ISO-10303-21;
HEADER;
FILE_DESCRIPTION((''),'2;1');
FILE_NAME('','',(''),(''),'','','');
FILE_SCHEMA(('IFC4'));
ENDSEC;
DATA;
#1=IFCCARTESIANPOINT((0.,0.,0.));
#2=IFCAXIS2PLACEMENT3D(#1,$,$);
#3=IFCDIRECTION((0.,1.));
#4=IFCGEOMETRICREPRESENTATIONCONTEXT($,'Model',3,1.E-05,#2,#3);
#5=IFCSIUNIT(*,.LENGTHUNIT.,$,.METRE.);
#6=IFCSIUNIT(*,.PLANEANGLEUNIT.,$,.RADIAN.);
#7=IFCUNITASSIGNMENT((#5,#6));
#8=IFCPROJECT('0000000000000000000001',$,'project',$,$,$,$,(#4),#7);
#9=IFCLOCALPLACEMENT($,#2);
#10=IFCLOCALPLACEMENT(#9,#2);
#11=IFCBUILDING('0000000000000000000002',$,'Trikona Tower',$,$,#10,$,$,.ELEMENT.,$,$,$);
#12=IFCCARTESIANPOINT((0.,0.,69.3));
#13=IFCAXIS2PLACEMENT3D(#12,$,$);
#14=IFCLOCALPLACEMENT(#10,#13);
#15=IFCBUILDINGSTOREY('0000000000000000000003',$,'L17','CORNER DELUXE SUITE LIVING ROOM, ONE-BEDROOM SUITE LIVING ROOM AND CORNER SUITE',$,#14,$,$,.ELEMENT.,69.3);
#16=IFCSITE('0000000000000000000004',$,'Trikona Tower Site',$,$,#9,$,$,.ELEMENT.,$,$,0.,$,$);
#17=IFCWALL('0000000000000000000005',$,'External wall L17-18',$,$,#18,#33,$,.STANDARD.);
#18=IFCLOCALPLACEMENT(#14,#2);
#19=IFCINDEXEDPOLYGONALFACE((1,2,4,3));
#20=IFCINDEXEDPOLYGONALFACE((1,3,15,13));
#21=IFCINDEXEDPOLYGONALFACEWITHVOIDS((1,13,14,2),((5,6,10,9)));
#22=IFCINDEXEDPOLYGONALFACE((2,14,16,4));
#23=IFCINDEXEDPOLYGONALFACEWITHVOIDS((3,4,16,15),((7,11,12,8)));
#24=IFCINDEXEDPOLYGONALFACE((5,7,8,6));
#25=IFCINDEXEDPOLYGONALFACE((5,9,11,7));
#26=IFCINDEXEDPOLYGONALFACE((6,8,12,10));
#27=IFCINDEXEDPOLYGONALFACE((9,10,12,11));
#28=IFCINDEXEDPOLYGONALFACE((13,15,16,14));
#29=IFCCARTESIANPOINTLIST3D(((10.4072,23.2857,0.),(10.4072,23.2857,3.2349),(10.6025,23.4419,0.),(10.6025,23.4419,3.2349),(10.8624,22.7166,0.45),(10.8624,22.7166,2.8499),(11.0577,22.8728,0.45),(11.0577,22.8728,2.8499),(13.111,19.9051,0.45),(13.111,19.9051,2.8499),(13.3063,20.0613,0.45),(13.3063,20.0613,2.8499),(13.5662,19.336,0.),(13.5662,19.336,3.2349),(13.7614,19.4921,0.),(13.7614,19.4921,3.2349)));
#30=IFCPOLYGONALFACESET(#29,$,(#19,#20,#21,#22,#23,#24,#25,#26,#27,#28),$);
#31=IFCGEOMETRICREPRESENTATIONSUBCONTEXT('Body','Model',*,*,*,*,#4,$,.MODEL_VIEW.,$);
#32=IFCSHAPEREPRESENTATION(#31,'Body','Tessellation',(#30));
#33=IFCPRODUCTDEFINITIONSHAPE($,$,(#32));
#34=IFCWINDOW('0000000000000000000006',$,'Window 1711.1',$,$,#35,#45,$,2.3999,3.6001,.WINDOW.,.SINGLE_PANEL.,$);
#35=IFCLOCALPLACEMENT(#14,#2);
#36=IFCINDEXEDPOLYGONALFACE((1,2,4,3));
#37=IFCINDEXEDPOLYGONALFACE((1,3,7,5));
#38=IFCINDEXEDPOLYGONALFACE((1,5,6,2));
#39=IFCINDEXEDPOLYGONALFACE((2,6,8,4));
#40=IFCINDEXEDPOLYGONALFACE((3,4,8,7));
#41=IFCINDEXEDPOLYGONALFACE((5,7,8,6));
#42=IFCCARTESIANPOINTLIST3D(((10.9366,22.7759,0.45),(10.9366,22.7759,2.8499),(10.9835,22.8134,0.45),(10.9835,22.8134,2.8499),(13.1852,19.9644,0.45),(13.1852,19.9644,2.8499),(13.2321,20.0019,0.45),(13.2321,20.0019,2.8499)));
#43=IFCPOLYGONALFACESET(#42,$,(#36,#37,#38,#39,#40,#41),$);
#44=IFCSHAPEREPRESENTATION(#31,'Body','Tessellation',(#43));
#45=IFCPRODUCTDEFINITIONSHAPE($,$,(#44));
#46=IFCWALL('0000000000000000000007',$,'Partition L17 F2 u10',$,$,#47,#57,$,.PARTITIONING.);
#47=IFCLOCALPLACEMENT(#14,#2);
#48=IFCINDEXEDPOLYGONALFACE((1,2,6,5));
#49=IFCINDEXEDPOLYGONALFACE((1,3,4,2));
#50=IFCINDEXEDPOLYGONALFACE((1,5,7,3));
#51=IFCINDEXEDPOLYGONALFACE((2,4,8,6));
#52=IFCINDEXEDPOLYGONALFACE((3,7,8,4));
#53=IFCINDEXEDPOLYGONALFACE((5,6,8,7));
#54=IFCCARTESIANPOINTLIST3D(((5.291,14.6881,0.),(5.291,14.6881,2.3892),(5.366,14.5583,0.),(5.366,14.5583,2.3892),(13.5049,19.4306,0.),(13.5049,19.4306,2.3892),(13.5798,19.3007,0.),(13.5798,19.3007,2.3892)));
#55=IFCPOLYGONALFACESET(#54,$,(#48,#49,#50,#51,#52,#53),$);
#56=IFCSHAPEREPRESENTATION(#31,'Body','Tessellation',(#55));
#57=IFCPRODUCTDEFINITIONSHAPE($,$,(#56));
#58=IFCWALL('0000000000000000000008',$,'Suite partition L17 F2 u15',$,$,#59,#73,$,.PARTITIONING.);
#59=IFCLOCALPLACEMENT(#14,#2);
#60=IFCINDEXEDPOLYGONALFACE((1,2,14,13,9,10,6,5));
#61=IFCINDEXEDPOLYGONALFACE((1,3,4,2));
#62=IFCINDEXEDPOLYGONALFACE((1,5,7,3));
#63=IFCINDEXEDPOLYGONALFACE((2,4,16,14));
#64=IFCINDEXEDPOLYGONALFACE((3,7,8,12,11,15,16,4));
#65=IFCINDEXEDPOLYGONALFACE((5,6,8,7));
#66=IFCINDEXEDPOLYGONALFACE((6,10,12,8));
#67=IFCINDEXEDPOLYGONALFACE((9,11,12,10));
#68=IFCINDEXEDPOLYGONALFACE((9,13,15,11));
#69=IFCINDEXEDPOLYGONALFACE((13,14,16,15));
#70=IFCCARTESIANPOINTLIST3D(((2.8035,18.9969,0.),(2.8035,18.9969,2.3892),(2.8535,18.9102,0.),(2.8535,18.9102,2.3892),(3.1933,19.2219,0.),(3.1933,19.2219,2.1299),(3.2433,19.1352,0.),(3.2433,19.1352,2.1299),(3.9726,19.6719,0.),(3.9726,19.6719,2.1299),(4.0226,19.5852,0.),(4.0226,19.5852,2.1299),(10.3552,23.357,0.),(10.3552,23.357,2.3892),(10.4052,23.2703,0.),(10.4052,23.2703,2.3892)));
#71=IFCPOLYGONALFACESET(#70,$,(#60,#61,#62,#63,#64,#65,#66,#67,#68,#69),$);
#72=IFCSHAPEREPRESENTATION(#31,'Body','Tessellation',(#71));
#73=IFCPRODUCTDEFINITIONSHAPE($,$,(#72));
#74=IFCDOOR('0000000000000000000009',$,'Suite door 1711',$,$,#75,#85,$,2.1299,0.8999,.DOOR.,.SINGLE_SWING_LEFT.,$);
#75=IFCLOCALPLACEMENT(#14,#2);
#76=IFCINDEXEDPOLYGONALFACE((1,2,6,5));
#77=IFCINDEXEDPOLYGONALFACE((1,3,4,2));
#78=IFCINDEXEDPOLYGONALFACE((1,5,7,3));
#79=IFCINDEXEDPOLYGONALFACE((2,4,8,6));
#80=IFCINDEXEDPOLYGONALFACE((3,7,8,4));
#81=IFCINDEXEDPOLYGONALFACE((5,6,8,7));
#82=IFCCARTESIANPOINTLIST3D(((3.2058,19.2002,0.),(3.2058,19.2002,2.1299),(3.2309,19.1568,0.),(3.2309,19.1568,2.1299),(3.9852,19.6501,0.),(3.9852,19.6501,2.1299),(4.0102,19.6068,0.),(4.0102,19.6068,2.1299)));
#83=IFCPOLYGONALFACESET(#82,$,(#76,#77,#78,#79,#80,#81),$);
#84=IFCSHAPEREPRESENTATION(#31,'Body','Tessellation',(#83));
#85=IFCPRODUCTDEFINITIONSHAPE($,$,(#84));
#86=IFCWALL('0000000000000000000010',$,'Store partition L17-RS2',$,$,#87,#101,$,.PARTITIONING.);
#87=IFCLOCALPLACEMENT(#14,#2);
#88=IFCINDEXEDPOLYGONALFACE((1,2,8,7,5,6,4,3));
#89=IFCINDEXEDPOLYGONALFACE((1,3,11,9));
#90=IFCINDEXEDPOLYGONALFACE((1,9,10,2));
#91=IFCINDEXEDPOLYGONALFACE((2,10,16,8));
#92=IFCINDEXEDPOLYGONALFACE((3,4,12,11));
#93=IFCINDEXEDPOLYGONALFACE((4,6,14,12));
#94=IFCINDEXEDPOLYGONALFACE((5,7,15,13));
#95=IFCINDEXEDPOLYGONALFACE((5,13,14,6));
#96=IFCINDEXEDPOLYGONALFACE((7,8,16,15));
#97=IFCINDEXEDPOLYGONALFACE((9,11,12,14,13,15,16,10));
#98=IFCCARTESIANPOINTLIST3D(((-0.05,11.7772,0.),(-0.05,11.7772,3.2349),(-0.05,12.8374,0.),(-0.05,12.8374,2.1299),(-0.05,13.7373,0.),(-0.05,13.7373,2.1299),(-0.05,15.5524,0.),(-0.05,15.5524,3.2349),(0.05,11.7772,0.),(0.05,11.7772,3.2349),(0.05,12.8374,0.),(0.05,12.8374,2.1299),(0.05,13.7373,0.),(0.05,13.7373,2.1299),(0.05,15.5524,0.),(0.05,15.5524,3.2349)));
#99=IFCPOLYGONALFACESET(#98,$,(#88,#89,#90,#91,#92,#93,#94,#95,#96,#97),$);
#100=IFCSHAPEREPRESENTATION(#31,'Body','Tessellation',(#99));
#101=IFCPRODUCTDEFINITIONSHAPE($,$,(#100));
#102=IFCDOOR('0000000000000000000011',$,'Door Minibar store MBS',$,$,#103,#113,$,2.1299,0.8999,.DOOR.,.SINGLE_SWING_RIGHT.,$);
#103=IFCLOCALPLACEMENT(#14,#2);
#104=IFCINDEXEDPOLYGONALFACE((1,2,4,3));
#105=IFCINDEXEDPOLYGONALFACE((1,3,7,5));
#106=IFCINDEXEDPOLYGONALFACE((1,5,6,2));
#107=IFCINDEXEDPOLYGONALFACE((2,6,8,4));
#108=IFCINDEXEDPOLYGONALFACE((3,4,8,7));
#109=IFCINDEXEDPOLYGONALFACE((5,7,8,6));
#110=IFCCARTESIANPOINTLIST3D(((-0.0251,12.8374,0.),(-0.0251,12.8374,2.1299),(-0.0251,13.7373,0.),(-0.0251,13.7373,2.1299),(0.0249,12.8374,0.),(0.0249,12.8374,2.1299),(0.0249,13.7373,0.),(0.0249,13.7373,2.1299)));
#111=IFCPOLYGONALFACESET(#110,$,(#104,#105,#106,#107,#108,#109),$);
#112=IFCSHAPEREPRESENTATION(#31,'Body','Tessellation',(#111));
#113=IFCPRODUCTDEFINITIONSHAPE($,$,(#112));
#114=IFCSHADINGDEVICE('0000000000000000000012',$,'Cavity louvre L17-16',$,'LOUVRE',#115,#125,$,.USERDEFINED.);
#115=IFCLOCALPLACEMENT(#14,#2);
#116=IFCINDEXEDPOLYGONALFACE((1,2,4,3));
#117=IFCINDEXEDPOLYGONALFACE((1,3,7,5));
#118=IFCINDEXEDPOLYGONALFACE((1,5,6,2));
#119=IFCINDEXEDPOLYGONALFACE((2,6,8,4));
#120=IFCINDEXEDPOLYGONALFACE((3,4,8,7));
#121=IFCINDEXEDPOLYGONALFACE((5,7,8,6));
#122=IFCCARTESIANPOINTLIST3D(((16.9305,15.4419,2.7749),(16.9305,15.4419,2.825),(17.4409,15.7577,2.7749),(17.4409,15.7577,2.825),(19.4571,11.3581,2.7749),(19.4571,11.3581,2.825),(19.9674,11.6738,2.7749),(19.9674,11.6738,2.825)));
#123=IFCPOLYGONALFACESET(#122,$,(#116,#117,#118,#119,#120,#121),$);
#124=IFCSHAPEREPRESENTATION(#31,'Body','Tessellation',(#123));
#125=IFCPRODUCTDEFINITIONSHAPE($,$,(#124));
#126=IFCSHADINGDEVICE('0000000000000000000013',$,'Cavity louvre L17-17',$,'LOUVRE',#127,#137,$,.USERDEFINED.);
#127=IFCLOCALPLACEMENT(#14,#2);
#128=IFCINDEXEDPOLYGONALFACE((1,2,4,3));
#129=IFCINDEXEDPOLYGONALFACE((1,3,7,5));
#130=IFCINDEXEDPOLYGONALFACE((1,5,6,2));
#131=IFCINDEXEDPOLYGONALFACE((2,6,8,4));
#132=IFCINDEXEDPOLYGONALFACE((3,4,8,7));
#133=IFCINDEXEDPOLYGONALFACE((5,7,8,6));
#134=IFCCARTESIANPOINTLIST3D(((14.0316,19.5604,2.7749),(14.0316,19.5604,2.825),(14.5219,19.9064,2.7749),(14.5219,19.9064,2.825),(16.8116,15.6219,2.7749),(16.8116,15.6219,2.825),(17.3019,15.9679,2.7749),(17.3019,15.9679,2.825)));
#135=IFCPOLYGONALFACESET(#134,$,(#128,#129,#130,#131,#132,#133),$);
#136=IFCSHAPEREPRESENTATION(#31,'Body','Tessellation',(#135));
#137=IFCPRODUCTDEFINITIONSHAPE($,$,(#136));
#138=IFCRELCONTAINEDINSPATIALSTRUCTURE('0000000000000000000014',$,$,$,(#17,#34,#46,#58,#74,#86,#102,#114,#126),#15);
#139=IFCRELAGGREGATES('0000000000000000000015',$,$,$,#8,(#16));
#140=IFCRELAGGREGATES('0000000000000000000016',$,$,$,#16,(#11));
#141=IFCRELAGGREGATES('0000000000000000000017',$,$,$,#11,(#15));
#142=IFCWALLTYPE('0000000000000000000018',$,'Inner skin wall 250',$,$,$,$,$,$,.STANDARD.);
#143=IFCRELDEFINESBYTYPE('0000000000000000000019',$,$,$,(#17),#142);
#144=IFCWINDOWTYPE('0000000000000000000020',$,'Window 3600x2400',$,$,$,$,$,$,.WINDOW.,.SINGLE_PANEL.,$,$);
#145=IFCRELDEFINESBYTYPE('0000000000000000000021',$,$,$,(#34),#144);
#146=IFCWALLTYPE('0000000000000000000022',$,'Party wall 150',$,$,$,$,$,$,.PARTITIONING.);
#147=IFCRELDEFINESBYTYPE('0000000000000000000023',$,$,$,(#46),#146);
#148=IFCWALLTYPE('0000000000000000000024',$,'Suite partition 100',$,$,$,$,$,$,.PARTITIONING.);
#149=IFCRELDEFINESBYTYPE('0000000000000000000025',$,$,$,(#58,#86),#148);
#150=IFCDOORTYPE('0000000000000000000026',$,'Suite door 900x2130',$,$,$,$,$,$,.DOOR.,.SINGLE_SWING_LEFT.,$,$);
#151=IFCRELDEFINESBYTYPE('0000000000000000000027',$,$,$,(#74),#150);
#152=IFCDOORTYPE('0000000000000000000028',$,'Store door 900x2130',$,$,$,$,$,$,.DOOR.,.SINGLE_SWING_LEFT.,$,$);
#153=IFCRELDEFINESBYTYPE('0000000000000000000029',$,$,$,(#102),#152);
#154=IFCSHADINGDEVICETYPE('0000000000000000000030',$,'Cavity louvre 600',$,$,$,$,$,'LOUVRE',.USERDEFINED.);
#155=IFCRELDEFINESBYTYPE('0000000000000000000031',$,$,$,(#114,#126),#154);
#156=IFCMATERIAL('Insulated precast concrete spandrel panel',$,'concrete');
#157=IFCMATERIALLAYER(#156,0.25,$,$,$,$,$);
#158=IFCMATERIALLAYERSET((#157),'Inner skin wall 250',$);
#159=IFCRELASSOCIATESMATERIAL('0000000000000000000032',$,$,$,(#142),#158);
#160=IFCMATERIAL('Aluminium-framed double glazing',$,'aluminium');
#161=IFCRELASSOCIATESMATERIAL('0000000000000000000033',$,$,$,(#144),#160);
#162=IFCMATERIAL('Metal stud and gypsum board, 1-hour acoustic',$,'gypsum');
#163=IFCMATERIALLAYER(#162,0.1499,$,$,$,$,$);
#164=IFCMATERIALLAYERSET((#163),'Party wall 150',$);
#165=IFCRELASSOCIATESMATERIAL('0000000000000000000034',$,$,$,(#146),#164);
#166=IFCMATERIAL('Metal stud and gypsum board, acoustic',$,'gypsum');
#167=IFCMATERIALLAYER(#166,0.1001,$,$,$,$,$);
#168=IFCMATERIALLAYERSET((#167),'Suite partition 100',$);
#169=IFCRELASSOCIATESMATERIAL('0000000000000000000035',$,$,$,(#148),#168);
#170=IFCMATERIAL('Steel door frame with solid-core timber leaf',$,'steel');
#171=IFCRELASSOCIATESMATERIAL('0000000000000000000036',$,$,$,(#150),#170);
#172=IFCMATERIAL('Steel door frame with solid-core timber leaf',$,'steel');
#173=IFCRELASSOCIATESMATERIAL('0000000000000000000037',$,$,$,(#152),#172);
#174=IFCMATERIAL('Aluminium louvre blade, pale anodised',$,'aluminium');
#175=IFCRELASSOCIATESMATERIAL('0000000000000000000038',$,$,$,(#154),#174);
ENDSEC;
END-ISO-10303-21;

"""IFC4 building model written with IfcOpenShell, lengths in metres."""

from ifc_helpers import new_model, si_unit, direction, frame, frame_2d, origin, origin_2d, place, context, subcontext, project, spatial, rectangle, extrude, material, layer, layer_set, type_object, element, fill, save


model = new_model("IFC4")

# Units and contexts
model_context = context("Model", 3, precision=1e-05, world=origin(), true_north=direction((0.0, 1.0)))
body_context = subcontext(model_context, "Body", "Model", "MODEL_VIEW")
ifc_project = project(units=[si_unit("LENGTHUNIT", "METRE"), si_unit("PLANEANGLEUNIT", "RADIAN")], contexts=[model_context])

# Site, building, storey
site_placement = place(None, origin())
site = spatial("IfcSite", under=ifc_project, at=site_placement, Name="Trikona Tower Site", CompositionType="ELEMENT", RefElevation=0.0)
building_placement = place(site_placement, origin())
building = spatial("IfcBuilding", under=site, at=building_placement, Name="Trikona Tower", CompositionType="ELEMENT")
storey_placement = place(building_placement, frame((0.0, 0.0, 69.3)))
storey = spatial("IfcBuildingStorey", under=building, at=storey_placement, Name="L17", Description="CORNER DELUXE SUITE LIVING ROOM, ONE-BEDROOM SUITE LIVING ROOM AND CORNER SUITE", CompositionType="ELEMENT", Elevation=69.3)

# Wall, opening, window
ifc_material_1 = material(Name="Insulated precast concrete spandrel panel", Category="concrete")
ifc_layer_1 = layer(ifc_material_1, 0.25)
ifc_layer_set_1 = layer_set([ifc_layer_1], Name="Inner skin wall 250")
wall_type_1 = type_object("IfcWallType", Name="Inner skin wall 250", PredefinedType="STANDARD", material=ifc_layer_set_1)
ifc_material_2 = material(Name="Aluminium-framed double glazing", Category="aluminium")
window_type = type_object("IfcWindowType", Name="Window 3600x2400", PartitioningType="SINGLE_PANEL", PredefinedType="WINDOW", material=ifc_material_2)
wall_1_placement = place(storey_placement, frame((13.6638, 19.4141, 0.0), z_axis=(0.0, 0.0, 1.0), x_axis=(-0.624595, 0.780949, 0.0)))
wall_1 = element("IfcWall", 1, at=wall_1_placement, inside=storey, type_object=wall_type_1, Name="External wall L17-18", PredefinedType="STANDARD", context=body_context, shape_type="SweptSolid", body=[
    extrude(rectangle(XDim=5.0576, YDim=0.25, at=frame_2d((2.5288, 0.0))), origin(), (0.0, 0.0, 1.0), 3.2349),
])
opening_1_placement = place(wall_1_placement, frame((0.7288, 0.0, 0.45)))
opening_1 = element("IfcOpeningElement", 2, at=opening_1_placement, cuts=wall_1, PredefinedType="OPENING", context=body_context, shape_type="SweptSolid", body=[
    extrude(rectangle(XDim=3.6001, YDim=2.3999, at=frame_2d((1.8, 1.2))), frame((0.0, 0.135, 0.0), z_axis=(0.0, -1.0, 0.0), x_axis=(1.0, 0.0, 0.0)), (0.0, 0.0, 1.0), 0.27),
])
window_1_placement = place(opening_1_placement, origin())
window_1 = element("IfcWindow", 3, at=window_1_placement, inside=storey, type_object=window_type, Name="Window 1711.1", OverallHeight=2.3999, OverallWidth=3.6001, PartitioningType="SINGLE_PANEL", PredefinedType="WINDOW", context=body_context, shape_type="SweptSolid", body=[
    extrude(rectangle(XDim=3.6001, YDim=2.3999, at=frame_2d((1.8, 1.2))), frame((0.0, 0.03, 0.0), z_axis=(0.0, -1.0, 0.0), x_axis=(1.0, 0.0, 0.0)), (0.0, 0.0, 1.0), 0.0601),
])
fill(opening_1, window_1)

# Wall
ifc_material_3 = material(Name="Metal stud and gypsum board, 1-hour acoustic", Category="gypsum")
ifc_layer_2 = layer(ifc_material_3, 0.1499)
ifc_layer_set_2 = layer_set([ifc_layer_2], Name="Party wall 150")
wall_type_2 = type_object("IfcWallType", Name="Party wall 150", PredefinedType="PARTITIONING", material=ifc_layer_set_2)
wall_2_placement = place(storey_placement, frame((5.3286, 14.6233, 0.0), z_axis=(0.0, 0.0, 1.0), x_axis=(0.866018, 0.500012, 0.0)))
element("IfcWall", 4, at=wall_2_placement, inside=storey, type_object=wall_type_2, Name="Partition L17 F2 u10", PredefinedType="PARTITIONING", context=body_context, shape_type="SweptSolid", body=[
    extrude(rectangle(XDim=9.4846, YDim=0.1499, at=frame_2d((4.7422, 0.0))), origin(), (0.0, 0.0, 1.0), 2.3892),
])

# Walls, openings, doors
ifc_material_4 = material(Name="Metal stud and gypsum board, acoustic", Category="gypsum")
ifc_layer_3 = layer(ifc_material_4, 0.1001)
ifc_layer_set_3 = layer_set([ifc_layer_3], Name="Suite partition 100")
wall_type_3 = type_object("IfcWallType", Name="Suite partition 100", PredefinedType="PARTITIONING", material=ifc_layer_set_3)
wall_3_placement = place(storey_placement, frame((2.8286, 18.9536, 0.0), z_axis=(0.0, 0.0, 1.0), x_axis=(0.866021, 0.500008, 0.0)))
wall_3 = element("IfcWall", 5, at=wall_3_placement, inside=storey, type_object=wall_type_3, Name="Suite partition L17 F2 u15", PredefinedType="PARTITIONING", context=body_context, shape_type="SweptSolid", body=[
    extrude(rectangle(XDim=8.72, YDim=0.1001, at=frame_2d((4.3599, 0.0))), origin(), (0.0, 0.0, 1.0), 2.3892),
])
opening_2_placement = place(wall_3_placement, frame((0.45, 0.0, 0.0)))
opening_2 = element("IfcOpeningElement", 6, at=opening_2_placement, cuts=wall_3, PredefinedType="OPENING", context=body_context, shape_type="SweptSolid", body=[
    extrude(rectangle(XDim=0.8999, YDim=2.1299, at=frame_2d((0.45, 1.0649))), frame((0.0, 0.0601, 0.0), z_axis=(0.0, -1.0, 0.0), x_axis=(1.0, 0.0, 0.0)), (0.0, 0.0, 1.0), 0.1201),
])
ifc_material_5 = material(Name="Steel door frame with solid-core timber leaf", Category="steel")
door_type_1 = type_object("IfcDoorType", Name="Suite door 900x2130", OperationType="SINGLE_SWING_LEFT", PredefinedType="DOOR", material=ifc_material_5)
door_1_placement = place(opening_2_placement, origin())
door_1 = element("IfcDoor", 7, at=door_1_placement, inside=storey, type_object=door_type_1, Name="Suite door 1711", OperationType="SINGLE_SWING_LEFT", OverallHeight=2.1299, OverallWidth=0.8999, PredefinedType="DOOR", context=body_context, shape_type="SweptSolid", body=[
    extrude(rectangle(XDim=0.8999, YDim=2.1299, at=frame_2d((0.45, 1.0649))), frame((0.0, 0.0249, 0.0), z_axis=(0.0, -1.0, 0.0), x_axis=(1.0, 0.0, 0.0)), (0.0, 0.0, 1.0), 0.05),
])
fill(opening_2, door_1)
wall_4_placement = place(storey_placement, frame((0.0, 15.5525, 0.0), z_axis=(0.0, 0.0, 1.0), x_axis=(0.0, -1.0, 0.0)))
wall_4 = element("IfcWall", 8, at=wall_4_placement, inside=storey, type_object=wall_type_3, Name="Store partition L17-RS2", PredefinedType="PARTITIONING", context=body_context, shape_type="SweptSolid", body=[
    extrude(rectangle(XDim=3.7751, YDim=0.1001, at=frame_2d((1.8877, 0.0))), origin(), (0.0, 0.0, 1.0), 3.2349),
])
opening_3_placement = place(wall_4_placement, frame((1.8152, 0.0, 0.0)))
opening_3 = element("IfcOpeningElement", 9, at=opening_3_placement, cuts=wall_4, PredefinedType="OPENING", context=body_context, shape_type="SweptSolid", body=[
    extrude(rectangle(XDim=0.8999, YDim=2.1299, at=frame_2d((0.45, 1.0649))), frame((0.0, 0.0601, 0.0), z_axis=(0.0, -1.0, 0.0), x_axis=(1.0, 0.0, 0.0)), (0.0, 0.0, 1.0), 0.1201),
])
ifc_material_6 = material(Name="Steel door frame with solid-core timber leaf", Category="steel")
door_type_2 = type_object("IfcDoorType", Name="Store door 900x2130", OperationType="SINGLE_SWING_LEFT", PredefinedType="DOOR", material=ifc_material_6)
door_2_placement = place(opening_3_placement, origin())
door_2 = element("IfcDoor", 10, at=door_2_placement, inside=storey, type_object=door_type_2, Name="Door Minibar store MBS", OperationType="SINGLE_SWING_RIGHT", OverallHeight=2.1299, OverallWidth=0.8999, PredefinedType="DOOR", context=body_context, shape_type="SweptSolid", body=[
    extrude(rectangle(XDim=0.8999, YDim=2.1299, at=frame_2d((0.45, 1.0649))), frame((0.0, 0.0249, 0.0), z_axis=(0.0, -1.0, 0.0), x_axis=(1.0, 0.0, 0.0)), (0.0, 0.0, 1.0), 0.05),
])
fill(opening_3, door_2)

# Shading devices
ifc_material_7 = material(Name="Aluminium louvre blade, pale anodised", Category="aluminium")
shading_device_type = type_object("IfcShadingDeviceType", Name="Cavity louvre 600", ElementType="LOUVRE", PredefinedType="USERDEFINED", material=ifc_material_7)
shading_device_1_placement = place(storey_placement, frame((18.449, 13.5579, 2.7749), z_axis=(0.0, 0.0, 1.0), x_axis=(-0.526119, 0.850411, 0.0)))
element("IfcShadingDevice", 11, at=shading_device_1_placement, inside=storey, type_object=shading_device_type, Name="Cavity louvre L17-16", ObjectType="LOUVRE", PredefinedType="USERDEFINED", context=body_context, shape_type="SweptSolid", body=[
    extrude(rectangle(XDim=4.8022, YDim=0.6001, at=origin_2d()), origin(), (0.0, 0.0, 1.0), 0.05),
])
shading_device_2_placement = place(storey_placement, frame((15.6667, 17.7642, 2.7749), z_axis=(0.0, 0.0, 1.0), x_axis=(-0.576662, 0.816983, 0.0)))
element("IfcShadingDevice", 12, at=shading_device_2_placement, inside=storey, type_object=shading_device_type, Name="Cavity louvre L17-17", ObjectType="LOUVRE", PredefinedType="USERDEFINED", context=body_context, shape_type="SweptSolid", body=[
    extrude(rectangle(XDim=4.8208, YDim=0.6001, at=origin_2d()), origin(), (0.0, 0.0, 1.0), 0.05),
])

save(model, "model.ifc")
